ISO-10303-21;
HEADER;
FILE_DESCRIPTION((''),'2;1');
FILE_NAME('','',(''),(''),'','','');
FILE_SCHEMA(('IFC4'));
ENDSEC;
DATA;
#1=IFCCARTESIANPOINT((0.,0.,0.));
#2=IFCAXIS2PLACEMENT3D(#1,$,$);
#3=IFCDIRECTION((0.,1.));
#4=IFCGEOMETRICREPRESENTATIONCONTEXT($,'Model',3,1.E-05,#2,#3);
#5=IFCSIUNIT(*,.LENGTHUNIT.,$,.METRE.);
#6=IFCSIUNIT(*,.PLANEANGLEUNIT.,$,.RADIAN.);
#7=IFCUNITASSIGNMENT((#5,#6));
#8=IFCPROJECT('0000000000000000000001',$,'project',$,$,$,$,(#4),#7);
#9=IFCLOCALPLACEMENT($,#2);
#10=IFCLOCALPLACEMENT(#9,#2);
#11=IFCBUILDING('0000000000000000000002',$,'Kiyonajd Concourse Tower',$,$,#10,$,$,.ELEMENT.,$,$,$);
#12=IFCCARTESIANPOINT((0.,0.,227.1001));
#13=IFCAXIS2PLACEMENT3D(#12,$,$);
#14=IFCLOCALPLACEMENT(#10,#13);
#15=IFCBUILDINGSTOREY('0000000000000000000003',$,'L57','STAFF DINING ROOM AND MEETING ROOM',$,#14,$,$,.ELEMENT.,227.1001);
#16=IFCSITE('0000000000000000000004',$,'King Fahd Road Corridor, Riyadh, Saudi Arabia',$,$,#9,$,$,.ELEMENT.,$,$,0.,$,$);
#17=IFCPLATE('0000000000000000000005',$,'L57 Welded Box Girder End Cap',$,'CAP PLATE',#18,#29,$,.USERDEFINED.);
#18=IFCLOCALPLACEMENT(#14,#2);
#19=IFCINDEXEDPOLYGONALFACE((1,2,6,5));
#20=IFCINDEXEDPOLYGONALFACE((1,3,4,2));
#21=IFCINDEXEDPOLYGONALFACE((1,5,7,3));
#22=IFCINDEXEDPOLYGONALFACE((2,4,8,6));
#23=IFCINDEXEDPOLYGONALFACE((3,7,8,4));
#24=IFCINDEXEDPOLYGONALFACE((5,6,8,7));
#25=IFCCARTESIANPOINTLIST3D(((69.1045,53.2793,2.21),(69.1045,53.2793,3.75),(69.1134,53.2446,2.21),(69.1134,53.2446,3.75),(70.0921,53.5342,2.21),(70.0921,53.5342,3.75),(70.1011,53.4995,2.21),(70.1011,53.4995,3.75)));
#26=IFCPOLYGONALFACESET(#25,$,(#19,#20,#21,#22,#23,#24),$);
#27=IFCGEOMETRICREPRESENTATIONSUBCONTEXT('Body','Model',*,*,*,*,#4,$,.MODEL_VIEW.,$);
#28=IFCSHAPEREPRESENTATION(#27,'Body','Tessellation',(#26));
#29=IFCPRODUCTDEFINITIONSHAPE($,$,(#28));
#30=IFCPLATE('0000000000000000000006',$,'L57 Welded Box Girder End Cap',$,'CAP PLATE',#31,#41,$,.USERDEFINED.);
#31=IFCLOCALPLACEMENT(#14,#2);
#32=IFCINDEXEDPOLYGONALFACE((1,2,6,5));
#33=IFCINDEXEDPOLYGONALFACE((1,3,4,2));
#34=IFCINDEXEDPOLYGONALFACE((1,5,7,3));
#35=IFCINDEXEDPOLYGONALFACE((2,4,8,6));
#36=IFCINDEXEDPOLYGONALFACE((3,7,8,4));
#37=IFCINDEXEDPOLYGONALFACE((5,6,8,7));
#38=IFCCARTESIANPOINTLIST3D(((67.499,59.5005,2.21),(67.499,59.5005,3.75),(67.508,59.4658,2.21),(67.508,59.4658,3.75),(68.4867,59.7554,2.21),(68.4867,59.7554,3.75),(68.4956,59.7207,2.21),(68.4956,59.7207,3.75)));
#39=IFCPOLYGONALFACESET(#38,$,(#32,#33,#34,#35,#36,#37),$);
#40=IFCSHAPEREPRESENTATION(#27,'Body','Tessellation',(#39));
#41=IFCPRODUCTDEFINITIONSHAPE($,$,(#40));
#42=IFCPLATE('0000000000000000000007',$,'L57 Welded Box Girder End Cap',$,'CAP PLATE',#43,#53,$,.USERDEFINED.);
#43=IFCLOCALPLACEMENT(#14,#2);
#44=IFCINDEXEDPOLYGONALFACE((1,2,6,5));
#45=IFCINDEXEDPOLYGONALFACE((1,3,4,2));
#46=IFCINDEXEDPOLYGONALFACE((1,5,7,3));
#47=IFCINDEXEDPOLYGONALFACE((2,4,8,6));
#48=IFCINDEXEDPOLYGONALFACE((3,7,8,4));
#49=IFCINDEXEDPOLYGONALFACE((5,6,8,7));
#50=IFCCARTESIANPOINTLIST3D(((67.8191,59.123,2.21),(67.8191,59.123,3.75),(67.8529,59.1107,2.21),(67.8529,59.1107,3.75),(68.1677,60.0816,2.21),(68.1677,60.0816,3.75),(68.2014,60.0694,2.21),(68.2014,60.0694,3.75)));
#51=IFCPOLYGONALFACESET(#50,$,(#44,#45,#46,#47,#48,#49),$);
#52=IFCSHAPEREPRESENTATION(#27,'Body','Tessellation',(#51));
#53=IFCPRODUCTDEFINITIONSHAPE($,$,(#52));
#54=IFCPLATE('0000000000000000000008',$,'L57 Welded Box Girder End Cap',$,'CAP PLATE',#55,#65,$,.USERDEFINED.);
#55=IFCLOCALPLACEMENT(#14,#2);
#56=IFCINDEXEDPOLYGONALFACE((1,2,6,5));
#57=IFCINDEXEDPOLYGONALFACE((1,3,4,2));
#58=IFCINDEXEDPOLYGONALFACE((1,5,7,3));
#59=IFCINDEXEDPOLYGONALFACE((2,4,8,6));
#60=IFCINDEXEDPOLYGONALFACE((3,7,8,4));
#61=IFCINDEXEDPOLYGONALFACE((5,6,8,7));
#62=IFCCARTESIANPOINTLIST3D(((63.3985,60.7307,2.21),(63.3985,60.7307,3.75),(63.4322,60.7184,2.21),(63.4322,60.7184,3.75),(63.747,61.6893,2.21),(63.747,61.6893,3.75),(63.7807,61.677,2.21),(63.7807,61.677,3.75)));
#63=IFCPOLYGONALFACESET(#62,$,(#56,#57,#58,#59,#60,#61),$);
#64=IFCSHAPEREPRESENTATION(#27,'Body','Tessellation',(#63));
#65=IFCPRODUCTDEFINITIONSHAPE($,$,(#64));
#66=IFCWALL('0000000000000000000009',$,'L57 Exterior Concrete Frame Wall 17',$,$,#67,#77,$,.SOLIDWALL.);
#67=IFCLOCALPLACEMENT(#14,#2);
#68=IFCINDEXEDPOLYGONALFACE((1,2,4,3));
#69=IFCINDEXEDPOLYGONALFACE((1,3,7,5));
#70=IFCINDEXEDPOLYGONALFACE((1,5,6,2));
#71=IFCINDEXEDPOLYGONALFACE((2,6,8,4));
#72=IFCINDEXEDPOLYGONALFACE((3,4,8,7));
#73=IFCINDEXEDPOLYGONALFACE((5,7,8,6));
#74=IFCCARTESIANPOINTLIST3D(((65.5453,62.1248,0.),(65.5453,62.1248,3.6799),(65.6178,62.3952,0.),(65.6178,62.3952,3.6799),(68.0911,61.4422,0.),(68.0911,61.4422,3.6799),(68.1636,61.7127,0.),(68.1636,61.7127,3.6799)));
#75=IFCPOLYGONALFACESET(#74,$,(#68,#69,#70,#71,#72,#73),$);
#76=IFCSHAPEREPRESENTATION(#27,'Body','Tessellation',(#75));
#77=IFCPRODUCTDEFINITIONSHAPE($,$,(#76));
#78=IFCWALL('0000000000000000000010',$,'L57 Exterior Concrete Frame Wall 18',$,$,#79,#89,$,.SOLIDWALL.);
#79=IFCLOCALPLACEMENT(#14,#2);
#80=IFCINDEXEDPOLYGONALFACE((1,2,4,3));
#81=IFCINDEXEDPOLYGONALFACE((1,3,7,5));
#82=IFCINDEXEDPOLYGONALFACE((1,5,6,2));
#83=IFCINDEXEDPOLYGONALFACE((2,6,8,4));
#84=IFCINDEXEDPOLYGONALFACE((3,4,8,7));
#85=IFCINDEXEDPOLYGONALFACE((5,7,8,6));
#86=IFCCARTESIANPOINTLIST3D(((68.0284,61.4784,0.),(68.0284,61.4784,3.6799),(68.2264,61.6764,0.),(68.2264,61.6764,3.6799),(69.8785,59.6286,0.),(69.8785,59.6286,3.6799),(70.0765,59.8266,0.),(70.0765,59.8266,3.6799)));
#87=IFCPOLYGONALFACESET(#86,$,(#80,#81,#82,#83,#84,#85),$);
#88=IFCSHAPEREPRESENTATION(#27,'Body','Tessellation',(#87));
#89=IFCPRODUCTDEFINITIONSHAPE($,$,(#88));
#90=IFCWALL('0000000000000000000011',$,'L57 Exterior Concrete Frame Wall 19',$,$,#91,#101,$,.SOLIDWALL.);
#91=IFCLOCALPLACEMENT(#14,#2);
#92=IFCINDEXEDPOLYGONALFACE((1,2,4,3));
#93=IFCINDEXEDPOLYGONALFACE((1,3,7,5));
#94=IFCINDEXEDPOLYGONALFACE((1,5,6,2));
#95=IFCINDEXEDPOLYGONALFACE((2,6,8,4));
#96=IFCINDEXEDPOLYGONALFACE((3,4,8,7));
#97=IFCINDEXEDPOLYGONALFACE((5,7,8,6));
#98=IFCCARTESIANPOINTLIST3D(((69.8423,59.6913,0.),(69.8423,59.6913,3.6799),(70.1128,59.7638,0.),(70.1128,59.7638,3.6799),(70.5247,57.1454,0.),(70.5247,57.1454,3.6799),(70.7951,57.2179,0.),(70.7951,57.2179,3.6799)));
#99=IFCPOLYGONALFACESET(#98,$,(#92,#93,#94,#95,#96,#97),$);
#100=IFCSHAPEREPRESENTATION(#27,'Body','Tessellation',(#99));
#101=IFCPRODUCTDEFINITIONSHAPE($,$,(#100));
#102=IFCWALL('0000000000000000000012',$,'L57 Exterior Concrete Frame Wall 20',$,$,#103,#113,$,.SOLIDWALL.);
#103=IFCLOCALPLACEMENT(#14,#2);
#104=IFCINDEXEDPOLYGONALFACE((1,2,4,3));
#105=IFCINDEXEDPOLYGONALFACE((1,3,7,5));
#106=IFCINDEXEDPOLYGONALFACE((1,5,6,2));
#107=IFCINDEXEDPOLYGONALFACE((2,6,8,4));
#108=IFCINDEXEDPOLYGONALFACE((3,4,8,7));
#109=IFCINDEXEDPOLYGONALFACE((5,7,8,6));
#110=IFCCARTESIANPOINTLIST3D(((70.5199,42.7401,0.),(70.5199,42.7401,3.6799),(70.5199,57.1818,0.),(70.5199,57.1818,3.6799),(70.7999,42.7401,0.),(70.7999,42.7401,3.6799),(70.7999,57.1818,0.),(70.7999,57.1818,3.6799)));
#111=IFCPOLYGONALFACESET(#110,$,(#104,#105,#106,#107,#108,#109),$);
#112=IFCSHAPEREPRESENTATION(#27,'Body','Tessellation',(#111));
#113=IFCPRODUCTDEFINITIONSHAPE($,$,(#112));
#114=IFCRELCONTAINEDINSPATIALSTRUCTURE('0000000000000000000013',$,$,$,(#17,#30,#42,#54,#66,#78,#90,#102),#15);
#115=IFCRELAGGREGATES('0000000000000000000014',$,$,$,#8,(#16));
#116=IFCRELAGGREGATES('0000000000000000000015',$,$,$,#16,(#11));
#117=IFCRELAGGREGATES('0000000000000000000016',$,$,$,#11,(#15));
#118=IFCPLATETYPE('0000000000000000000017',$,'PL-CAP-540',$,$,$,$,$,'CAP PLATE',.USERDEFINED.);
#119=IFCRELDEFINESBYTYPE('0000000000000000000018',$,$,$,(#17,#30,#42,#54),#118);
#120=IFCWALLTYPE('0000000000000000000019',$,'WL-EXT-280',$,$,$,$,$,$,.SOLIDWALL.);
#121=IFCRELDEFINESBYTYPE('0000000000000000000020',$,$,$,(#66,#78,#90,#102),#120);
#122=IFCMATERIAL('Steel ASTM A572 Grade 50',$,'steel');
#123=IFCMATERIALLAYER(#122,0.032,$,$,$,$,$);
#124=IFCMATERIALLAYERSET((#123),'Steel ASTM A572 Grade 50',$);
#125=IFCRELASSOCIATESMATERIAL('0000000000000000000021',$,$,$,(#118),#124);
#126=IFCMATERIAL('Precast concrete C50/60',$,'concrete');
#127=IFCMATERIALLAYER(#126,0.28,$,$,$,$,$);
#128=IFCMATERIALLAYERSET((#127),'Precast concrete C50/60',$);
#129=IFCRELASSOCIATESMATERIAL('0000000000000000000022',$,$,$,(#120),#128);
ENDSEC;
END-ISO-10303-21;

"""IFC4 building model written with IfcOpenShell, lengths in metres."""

from ifc_helpers import new_model, si_unit, direction, frame, frame_2d, origin, origin_2d, place, context, subcontext, project, spatial, rectangle, extrude, material, layer, layer_set, type_object, element, save


model = new_model("IFC4")

# Units and contexts
model_context = context("Model", 3, precision=1e-05, world=origin(), true_north=direction((0.0, 1.0)))
body_context = subcontext(model_context, "Body", "Model", "MODEL_VIEW")
ifc_project = project(units=[si_unit("LENGTHUNIT", "METRE"), si_unit("PLANEANGLEUNIT", "RADIAN")], contexts=[model_context])

# Site, building, storey
site_placement = place(None, origin())
site = spatial("IfcSite", under=ifc_project, at=site_placement, Name="King Fahd Road Corridor, Riyadh, Saudi Arabia", CompositionType="ELEMENT", RefElevation=0.0)
building_placement = place(site_placement, origin())
building = spatial("IfcBuilding", under=site, at=building_placement, Name="Kiyonajd Concourse Tower", CompositionType="ELEMENT")
storey_placement = place(building_placement, frame((0.0, 0.0, 227.1001)))
storey = spatial("IfcBuildingStorey", under=building, at=storey_placement, Name="L57", Description="STAFF DINING ROOM AND MEETING ROOM", CompositionType="ELEMENT", Elevation=227.1001)

# Shared definitions
ifc_material_1 = material(Name="Steel ASTM A572 Grade 50", Category="steel")

# Plates
ifc_layer_1 = layer(ifc_material_1, 0.032)
ifc_layer_set_1 = layer_set([ifc_layer_1], Name="Steel ASTM A572 Grade 50")
plate_type_1 = type_object("IfcPlateType", Name="PL-CAP-540", ElementType="CAP PLATE", PredefinedType="USERDEFINED", material=ifc_layer_set_1)
for number, where, z_axis, x_axis, name in (
    (1, (69.6028, 53.3894, 2.21), (0.0, 0.0, 1.0), (0.249873, -0.968279, 0.0), "L57 Welded Box Girder End Cap"),
    (2, (67.9973, 59.6106, 2.21), (0.0, 0.0, 1.0), (-0.249873, 0.968279, 0.0), "L57 Welded Box Girder End Cap"),
    (3, (68.0103, 59.5962, 2.21), (0.0, 0.0, 1.0), (0.939812, -0.341692, 0.0), "L57 Welded Box Girder End Cap"),
    (4, (63.5896, 61.2039, 2.21), (0.0, 0.0, 1.0), (-0.939812, 0.341692, 0.0), "L57 Welded Box Girder End Cap"),
):
    element("IfcPlate", number, at=place(storey_placement, frame(where, z_axis=z_axis, x_axis=x_axis)), inside=storey, type_object=plate_type_1, Name=name, ObjectType="CAP PLATE", PredefinedType="USERDEFINED", context=body_context, shape_type="SweptSolid", body=[
        extrude(rectangle(XDim=0.0359, YDim=1.02, at=origin_2d()), origin(), (0.0, 0.0, 1.0), 1.54),
    ])

# Walls
ifc_material_2 = material(Name="Precast concrete C50/60", Category="concrete")
ifc_layer_2 = layer(ifc_material_2, 0.28)
ifc_layer_set_2 = layer_set([ifc_layer_2], Name="Precast concrete C50/60")
wall_type = type_object("IfcWallType", Name="WL-EXT-280", PredefinedType="SOLIDWALL", material=ifc_layer_set_2)
wall_1_placement = place(storey_placement, frame((65.5815, 62.26, 0.0), z_axis=(0.0, 0.0, 1.0), x_axis=(0.965884, -0.258977, 0.0)))
element("IfcWall", 5, at=wall_1_placement, inside=storey, type_object=wall_type, Name="L57 Exterior Concrete Frame Wall 17", PredefinedType="SOLIDWALL", context=body_context, shape_type="SweptSolid", body=[
    extrude(rectangle(XDim=2.6357, YDim=0.28, at=frame_2d((1.3179, 0.0))), origin(), (0.0, 0.0, 1.0), 3.6799),
])
wall_2_placement = place(storey_placement, frame((68.1274, 61.5774, 0.0), z_axis=(0.0, 0.0, 1.0), x_axis=(0.707153, -0.70706, 0.0)))
element("IfcWall", 6, at=wall_2_placement, inside=storey, type_object=wall_type, Name="L57 Exterior Concrete Frame Wall 18", PredefinedType="SOLIDWALL", context=body_context, shape_type="SweptSolid", body=[
    extrude(rectangle(XDim=2.6162, YDim=0.28, at=frame_2d((1.3081, 0.0))), origin(), (0.0, 0.0, 1.0), 3.6799),
])
wall_3_placement = place(storey_placement, frame((69.9775, 59.7275, 0.0), z_axis=(0.0, 0.0, 1.0), x_axis=(0.25889, -0.965907, 0.0)))
element("IfcWall", 7, at=wall_3_placement, inside=storey, type_object=wall_type, Name="L57 Exterior Concrete Frame Wall 19", PredefinedType="SOLIDWALL", context=body_context, shape_type="SweptSolid", body=[
    extrude(rectangle(XDim=2.6357, YDim=0.28, at=frame_2d((1.3179, 0.0))), origin(), (0.0, 0.0, 1.0), 3.6799),
])
wall_4_placement = place(storey_placement, frame((70.6599, 57.1816, 0.0), z_axis=(0.0, 0.0, 1.0), x_axis=(0.0, -1.0, 0.0)))
element("IfcWall", 8, at=wall_4_placement, inside=storey, type_object=wall_type, Name="L57 Exterior Concrete Frame Wall 20", PredefinedType="SOLIDWALL", context=body_context, shape_type="SweptSolid", body=[
    extrude(rectangle(XDim=14.4417, YDim=0.28, at=frame_2d((7.2207, 0.0))), origin(), (0.0, 0.0, 1.0), 3.6799),
])

save(model, "model.ifc")
